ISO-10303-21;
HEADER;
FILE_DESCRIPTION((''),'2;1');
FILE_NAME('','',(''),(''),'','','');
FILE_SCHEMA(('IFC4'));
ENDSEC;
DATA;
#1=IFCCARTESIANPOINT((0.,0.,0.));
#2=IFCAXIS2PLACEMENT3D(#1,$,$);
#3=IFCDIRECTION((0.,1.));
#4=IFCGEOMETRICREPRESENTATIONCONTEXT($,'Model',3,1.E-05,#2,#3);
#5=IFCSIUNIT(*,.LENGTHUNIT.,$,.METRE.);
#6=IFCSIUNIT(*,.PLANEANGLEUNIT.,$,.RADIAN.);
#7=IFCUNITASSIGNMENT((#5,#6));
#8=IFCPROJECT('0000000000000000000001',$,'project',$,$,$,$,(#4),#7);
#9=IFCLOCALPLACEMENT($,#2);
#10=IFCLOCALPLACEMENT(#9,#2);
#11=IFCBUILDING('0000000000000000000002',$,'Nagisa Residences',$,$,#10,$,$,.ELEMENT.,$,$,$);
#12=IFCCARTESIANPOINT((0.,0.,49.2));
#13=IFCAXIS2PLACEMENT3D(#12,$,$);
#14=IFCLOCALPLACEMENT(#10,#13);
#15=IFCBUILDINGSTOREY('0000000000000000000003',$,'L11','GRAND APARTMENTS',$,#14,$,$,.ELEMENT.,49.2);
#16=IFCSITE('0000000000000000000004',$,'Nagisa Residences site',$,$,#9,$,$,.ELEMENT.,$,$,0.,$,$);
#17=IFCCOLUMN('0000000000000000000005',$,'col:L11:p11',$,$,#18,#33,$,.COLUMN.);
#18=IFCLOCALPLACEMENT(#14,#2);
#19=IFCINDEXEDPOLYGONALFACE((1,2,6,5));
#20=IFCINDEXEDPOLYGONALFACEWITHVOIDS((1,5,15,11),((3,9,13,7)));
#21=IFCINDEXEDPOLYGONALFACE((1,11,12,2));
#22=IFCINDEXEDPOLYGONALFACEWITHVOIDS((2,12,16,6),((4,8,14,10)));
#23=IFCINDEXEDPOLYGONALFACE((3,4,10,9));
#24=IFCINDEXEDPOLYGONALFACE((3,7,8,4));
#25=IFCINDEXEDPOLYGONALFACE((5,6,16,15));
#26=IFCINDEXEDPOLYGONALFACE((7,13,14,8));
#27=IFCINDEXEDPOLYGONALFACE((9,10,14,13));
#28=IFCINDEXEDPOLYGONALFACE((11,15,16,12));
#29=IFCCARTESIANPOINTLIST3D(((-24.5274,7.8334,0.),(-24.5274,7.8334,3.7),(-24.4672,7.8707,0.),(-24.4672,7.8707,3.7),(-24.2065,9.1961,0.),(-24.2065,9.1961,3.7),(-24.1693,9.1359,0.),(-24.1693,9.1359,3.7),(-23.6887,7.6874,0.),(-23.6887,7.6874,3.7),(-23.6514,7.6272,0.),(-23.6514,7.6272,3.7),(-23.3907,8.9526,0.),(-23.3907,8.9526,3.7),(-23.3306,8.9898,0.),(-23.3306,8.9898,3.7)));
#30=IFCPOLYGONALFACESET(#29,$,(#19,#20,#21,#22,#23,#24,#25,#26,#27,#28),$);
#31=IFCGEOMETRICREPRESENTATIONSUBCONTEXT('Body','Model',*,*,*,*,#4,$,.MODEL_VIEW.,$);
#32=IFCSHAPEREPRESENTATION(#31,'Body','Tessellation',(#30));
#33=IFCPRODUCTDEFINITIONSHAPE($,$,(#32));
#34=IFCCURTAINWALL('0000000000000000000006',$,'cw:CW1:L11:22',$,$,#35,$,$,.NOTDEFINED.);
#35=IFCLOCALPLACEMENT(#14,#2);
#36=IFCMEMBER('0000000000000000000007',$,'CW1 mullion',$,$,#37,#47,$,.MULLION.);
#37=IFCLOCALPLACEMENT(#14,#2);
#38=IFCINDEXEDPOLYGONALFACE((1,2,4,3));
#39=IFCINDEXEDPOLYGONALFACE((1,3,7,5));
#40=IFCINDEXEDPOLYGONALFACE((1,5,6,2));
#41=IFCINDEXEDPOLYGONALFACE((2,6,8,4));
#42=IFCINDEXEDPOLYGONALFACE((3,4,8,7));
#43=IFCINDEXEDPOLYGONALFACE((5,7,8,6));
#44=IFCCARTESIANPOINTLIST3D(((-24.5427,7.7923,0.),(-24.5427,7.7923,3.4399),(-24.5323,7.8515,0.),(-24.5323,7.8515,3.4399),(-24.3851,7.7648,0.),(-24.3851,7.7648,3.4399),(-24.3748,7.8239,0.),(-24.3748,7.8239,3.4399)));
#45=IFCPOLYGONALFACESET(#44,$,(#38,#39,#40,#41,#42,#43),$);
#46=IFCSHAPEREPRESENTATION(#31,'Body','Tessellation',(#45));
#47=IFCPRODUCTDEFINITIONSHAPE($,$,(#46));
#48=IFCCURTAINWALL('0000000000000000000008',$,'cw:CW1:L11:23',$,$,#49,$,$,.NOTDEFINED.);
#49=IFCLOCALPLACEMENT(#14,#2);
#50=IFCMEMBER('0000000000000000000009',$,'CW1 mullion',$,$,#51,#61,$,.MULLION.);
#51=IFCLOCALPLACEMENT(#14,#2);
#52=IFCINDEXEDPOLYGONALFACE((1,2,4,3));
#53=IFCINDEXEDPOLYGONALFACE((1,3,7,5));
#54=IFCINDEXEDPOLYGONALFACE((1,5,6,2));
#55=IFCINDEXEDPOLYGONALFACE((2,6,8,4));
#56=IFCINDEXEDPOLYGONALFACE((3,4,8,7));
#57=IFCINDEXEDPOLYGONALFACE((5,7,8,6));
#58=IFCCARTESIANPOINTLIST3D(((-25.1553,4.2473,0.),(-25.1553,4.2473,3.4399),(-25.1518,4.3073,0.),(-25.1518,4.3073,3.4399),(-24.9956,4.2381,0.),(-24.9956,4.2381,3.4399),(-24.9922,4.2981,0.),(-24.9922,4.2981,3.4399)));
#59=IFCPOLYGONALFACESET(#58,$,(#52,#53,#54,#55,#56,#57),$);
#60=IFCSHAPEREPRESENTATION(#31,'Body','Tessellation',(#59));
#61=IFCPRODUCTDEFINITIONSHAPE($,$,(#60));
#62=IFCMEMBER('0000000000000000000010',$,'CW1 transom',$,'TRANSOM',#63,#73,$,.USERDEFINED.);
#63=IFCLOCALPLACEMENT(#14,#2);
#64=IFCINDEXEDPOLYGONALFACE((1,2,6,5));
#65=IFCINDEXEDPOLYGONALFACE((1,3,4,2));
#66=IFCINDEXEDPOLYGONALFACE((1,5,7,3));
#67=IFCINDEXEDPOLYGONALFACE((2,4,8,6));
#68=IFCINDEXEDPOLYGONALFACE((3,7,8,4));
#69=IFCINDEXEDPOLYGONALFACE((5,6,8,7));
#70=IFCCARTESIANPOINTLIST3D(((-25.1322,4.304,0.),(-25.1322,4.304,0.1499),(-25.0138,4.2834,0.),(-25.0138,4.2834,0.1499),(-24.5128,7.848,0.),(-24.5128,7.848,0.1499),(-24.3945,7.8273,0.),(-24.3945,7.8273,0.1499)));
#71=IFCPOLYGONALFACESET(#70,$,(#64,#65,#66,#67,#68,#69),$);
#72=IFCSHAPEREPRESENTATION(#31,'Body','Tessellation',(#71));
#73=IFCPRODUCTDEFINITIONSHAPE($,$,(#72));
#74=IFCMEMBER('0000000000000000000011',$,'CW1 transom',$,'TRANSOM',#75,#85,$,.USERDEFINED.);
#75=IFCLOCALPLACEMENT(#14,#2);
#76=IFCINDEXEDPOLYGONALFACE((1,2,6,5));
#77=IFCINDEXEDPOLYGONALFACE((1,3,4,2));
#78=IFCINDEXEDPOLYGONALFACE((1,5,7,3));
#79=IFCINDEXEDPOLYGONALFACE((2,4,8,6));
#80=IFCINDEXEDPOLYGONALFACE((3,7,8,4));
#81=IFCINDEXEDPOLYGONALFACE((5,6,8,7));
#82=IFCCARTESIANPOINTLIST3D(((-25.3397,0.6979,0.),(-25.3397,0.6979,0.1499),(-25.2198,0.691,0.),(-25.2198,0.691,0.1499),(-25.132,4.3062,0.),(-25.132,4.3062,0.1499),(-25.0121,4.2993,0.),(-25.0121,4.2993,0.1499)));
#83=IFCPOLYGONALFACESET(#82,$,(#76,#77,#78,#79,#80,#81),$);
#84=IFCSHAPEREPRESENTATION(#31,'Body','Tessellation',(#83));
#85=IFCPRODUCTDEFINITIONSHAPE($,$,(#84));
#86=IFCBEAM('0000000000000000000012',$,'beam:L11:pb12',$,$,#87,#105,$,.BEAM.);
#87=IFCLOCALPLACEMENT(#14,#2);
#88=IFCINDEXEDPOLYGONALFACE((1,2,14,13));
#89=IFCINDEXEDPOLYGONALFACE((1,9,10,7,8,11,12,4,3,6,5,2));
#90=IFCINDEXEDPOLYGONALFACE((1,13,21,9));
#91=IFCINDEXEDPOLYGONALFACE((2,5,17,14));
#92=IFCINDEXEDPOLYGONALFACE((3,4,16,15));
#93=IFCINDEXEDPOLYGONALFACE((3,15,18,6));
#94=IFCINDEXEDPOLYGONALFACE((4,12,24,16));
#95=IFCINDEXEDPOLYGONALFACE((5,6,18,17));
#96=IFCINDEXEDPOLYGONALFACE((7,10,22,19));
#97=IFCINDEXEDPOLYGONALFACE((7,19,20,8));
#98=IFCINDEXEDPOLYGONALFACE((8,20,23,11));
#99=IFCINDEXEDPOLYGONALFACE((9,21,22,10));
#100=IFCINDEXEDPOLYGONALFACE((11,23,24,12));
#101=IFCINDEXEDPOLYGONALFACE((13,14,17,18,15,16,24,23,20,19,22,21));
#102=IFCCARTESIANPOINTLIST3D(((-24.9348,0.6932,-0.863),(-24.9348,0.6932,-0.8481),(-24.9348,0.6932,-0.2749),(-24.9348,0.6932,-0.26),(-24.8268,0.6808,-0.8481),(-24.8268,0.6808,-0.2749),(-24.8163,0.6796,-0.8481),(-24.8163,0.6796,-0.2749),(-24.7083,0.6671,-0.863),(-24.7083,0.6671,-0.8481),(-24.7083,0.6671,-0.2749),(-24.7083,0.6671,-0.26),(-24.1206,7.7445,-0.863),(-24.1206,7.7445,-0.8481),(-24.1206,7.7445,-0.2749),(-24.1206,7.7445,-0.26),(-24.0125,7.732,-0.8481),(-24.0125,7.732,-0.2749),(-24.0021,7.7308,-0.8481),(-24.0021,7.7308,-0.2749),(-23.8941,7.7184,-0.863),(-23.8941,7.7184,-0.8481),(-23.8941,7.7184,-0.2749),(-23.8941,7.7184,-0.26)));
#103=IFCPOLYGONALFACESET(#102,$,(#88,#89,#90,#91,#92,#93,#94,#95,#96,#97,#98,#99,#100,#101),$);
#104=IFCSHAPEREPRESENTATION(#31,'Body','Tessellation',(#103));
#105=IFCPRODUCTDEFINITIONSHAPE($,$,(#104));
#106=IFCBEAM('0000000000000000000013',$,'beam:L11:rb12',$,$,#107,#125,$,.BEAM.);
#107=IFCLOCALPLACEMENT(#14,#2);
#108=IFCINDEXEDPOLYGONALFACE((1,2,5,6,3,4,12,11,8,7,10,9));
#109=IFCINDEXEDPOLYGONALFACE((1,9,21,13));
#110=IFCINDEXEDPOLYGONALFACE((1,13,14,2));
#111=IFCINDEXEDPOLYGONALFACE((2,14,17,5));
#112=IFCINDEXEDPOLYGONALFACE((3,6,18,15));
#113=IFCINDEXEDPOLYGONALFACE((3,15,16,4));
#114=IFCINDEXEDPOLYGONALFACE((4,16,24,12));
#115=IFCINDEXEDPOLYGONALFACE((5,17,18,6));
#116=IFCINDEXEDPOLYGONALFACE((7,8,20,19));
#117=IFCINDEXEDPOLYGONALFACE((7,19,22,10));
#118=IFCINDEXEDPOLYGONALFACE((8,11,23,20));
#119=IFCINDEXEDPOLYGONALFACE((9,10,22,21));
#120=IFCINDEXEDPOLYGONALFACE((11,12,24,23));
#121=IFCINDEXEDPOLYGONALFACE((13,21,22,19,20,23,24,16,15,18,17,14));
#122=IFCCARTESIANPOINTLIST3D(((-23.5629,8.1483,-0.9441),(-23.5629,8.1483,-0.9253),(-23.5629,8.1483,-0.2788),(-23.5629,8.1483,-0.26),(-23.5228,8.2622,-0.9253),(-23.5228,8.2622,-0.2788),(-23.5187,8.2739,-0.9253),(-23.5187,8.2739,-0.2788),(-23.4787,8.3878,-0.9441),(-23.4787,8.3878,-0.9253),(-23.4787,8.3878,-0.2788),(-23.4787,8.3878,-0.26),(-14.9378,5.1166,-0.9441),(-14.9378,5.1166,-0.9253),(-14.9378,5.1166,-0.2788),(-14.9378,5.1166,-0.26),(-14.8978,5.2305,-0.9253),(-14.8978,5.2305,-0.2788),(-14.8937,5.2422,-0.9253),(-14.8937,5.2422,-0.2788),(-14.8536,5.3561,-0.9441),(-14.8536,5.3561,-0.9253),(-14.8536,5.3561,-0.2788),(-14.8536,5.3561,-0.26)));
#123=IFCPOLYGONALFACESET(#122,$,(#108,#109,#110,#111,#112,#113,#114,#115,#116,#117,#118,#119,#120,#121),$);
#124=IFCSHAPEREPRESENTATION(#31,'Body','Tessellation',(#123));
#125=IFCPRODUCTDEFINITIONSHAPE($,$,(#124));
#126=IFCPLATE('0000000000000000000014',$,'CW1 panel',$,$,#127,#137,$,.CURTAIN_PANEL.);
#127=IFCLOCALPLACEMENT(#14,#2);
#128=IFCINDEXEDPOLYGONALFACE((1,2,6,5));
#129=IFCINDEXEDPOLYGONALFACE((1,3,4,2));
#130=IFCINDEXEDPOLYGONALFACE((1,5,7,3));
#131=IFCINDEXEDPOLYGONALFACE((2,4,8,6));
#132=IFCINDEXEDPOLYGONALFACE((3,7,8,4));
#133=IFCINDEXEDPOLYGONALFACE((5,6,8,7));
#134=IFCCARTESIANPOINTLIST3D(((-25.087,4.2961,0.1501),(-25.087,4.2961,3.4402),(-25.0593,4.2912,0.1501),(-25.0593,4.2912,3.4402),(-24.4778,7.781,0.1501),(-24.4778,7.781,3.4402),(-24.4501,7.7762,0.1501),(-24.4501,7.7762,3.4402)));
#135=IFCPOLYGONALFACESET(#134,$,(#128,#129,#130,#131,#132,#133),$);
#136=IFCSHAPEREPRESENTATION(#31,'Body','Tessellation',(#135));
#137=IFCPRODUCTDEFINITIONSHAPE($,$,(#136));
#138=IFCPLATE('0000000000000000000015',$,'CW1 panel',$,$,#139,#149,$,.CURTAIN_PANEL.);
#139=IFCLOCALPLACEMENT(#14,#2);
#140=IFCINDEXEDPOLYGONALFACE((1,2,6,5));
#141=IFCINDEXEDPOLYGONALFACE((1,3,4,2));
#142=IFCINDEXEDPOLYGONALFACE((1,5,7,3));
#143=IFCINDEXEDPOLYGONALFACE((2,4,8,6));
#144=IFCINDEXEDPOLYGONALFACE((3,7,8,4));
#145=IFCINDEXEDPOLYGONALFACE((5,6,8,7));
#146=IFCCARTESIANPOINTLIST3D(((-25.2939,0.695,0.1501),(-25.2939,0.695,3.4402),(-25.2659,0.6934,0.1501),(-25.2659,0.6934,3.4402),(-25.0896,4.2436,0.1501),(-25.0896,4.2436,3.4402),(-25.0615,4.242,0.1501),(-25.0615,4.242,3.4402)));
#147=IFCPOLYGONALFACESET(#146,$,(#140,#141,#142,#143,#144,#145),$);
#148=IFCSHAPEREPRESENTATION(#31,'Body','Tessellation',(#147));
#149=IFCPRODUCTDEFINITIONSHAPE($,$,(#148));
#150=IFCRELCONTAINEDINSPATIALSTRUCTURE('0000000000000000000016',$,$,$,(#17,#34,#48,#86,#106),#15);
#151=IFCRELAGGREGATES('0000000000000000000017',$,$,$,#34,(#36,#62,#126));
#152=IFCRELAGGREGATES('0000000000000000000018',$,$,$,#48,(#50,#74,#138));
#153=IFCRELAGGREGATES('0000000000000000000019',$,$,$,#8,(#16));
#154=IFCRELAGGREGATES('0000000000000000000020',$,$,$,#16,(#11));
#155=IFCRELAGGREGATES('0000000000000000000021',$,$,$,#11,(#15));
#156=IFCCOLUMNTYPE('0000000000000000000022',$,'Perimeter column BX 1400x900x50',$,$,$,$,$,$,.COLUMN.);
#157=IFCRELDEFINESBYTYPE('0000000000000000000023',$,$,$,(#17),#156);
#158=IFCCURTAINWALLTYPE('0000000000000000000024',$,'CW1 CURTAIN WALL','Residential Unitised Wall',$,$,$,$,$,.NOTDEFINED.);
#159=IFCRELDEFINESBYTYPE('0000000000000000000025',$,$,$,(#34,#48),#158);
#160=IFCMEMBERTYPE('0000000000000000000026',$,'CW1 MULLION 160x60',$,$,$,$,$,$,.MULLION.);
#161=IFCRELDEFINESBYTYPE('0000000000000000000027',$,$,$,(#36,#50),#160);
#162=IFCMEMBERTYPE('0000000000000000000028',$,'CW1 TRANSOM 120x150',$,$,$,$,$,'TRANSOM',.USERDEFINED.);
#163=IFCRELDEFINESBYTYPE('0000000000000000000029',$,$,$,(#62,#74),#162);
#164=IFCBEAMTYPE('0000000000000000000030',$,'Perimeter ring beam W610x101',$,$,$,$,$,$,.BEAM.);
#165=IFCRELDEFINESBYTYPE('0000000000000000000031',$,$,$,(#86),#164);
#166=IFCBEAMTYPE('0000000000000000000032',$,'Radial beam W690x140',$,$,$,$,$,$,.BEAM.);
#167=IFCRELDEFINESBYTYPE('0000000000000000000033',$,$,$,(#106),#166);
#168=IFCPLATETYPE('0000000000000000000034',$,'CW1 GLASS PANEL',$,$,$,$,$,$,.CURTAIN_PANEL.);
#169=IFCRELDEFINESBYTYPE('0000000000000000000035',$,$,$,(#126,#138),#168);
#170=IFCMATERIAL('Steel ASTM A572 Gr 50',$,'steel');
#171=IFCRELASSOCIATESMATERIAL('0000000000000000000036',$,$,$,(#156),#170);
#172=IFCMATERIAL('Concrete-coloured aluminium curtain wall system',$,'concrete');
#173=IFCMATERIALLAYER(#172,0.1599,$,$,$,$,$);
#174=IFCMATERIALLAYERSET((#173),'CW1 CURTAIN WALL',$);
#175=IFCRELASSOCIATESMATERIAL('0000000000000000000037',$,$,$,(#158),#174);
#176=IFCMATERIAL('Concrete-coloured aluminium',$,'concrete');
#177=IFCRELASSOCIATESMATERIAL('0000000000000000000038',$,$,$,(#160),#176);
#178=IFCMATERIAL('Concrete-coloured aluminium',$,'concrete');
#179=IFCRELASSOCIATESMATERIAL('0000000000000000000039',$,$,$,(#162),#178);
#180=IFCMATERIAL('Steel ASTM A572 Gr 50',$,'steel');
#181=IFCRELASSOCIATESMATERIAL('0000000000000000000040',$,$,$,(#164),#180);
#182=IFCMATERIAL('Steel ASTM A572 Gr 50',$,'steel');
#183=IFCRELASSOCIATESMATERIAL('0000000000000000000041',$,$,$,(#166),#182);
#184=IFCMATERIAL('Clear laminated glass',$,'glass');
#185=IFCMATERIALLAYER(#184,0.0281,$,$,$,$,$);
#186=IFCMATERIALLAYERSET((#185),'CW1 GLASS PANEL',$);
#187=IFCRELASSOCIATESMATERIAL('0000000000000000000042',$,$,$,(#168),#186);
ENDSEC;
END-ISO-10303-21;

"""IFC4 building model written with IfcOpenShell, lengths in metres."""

from ifc_helpers import new_model, si_unit, direction, frame, origin, origin_2d, place, context, subcontext, project, spatial, rectangle, hollow_rectangle, i_section, extrude, material, layer, layer_set, material_profile, profile_set, type_object, element, aggregate, save


model = new_model("IFC4")

# Units and contexts
model_context = context("Model", 3, precision=1e-05, world=origin(), true_north=direction((0.0, 1.0)))
body_context = subcontext(model_context, "Body", "Model", "MODEL_VIEW")
ifc_project = project(units=[si_unit("LENGTHUNIT", "METRE"), si_unit("PLANEANGLEUNIT", "RADIAN")], contexts=[model_context])

# Site, building, storey
site_placement = place(None, origin())
site = spatial("IfcSite", under=ifc_project, at=site_placement, Name="Nagisa Residences site", CompositionType="ELEMENT", RefElevation=0.0)
building_placement = place(site_placement, origin())
building = spatial("IfcBuilding", under=site, at=building_placement, Name="Nagisa Residences", CompositionType="ELEMENT")
storey_placement = place(building_placement, frame((0.0, 0.0, 49.2)))
storey = spatial("IfcBuildingStorey", under=building, at=storey_placement, Name="L11", Description="GRAND APARTMENTS", CompositionType="ELEMENT", Elevation=49.2)

# Column
ifc_material_1 = material(Name="Steel ASTM A572 Gr 50", Category="steel")
ifc_material_profile_1 = material_profile(ifc_material_1, hollow_rectangle(XDim=1.3999, YDim=0.8999, WallThickness=0.05, at=origin_2d()), Name="BX 1400x900x50")
ifc_profile_set_1 = profile_set([ifc_material_profile_1], Name="Steel ASTM A572 Gr 50")
column_type = type_object("IfcColumnType", Name="Perimeter column BX 1400x900x50", PredefinedType="COLUMN", material=ifc_profile_set_1)
column_placement = place(storey_placement, frame((-23.929, 8.4116, 0.0), z_axis=(0.0, 0.0, 1.0), x_axis=(-0.229202, -0.973379, 0.0)))
element("IfcColumn", 1, at=column_placement, inside=storey, type_object=column_type, Name="col:L11:p11", PredefinedType="COLUMN", context=body_context, shape_type="SweptSolid", body=[
    extrude(hollow_rectangle(XDim=1.3999, YDim=0.8999, WallThickness=0.05, at=origin_2d()), origin(), (0.0, 0.0, 1.0), 3.7),
])

# Curtain walls, members
ifc_material_2 = material(Name="Concrete-coloured aluminium curtain wall system", Category="concrete")
ifc_layer_1 = layer(ifc_material_2, 0.1599)
ifc_layer_set_1 = layer_set([ifc_layer_1], Name="CW1 CURTAIN WALL")
curtain_wall_type = type_object("IfcCurtainWallType", Name="CW1 CURTAIN WALL", Description="Residential Unitised Wall", PredefinedType="NOTDEFINED", material=ifc_layer_set_1)
curtain_wall_1_placement = place(storey_placement, origin())
curtain_wall_1 = element("IfcCurtainWall", 2, at=curtain_wall_1_placement, inside=storey, type_object=curtain_wall_type, Name="cw:CW1:L11:22", PredefinedType="NOTDEFINED")
ifc_material_3 = material(Name="Concrete-coloured aluminium", Category="concrete")
ifc_material_profile_2 = material_profile(ifc_material_3, rectangle(XDim=0.1599, YDim=0.0601, at=origin_2d()), Name="CW1 MULLION 160x60")
ifc_profile_set_2 = profile_set([ifc_material_profile_2], Name="Concrete-coloured aluminium")
member_type_1 = type_object("IfcMemberType", Name="CW1 MULLION 160x60", PredefinedType="MULLION", material=ifc_profile_set_2)
member_1_placement = place(storey_placement, frame((-24.4587, 7.8081, 0.0), z_axis=(0.0, 0.0, 1.0), x_axis=(0.985064, -0.172191, 0.0)))
member_1 = element("IfcMember", 3, at=member_1_placement, type_object=member_type_1, Name="CW1 mullion", PredefinedType="MULLION", context=body_context, shape_type="SweptSolid", body=[
    extrude(rectangle(XDim=0.1599, YDim=0.0601, at=origin_2d()), origin(), (0.0, 0.0, 1.0), 3.4399),
])
curtain_wall_2_placement = place(storey_placement, origin())
curtain_wall_2 = element("IfcCurtainWall", 4, at=curtain_wall_2_placement, inside=storey, type_object=curtain_wall_type, Name="cw:CW1:L11:23", PredefinedType="NOTDEFINED")
member_2_placement = place(storey_placement, frame((-25.0737, 4.2727, 0.0), z_axis=(0.0, 0.0, 1.0), x_axis=(0.998345, -0.057503, 0.0)))
member_2 = element("IfcMember", 5, at=member_2_placement, type_object=member_type_1, Name="CW1 mullion", PredefinedType="MULLION", context=body_context, shape_type="SweptSolid", body=[
    extrude(rectangle(XDim=0.1599, YDim=0.0601, at=origin_2d()), origin(), (0.0, 0.0, 1.0), 3.4399),
])

# Members
ifc_material_4 = material(Name="Concrete-coloured aluminium", Category="concrete")
ifc_material_profile_3 = material_profile(ifc_material_4, rectangle(XDim=0.1201, YDim=0.1499, at=origin_2d()), Name="CW1 TRANSOM 120x150")
ifc_profile_set_3 = profile_set([ifc_material_profile_3], Name="Concrete-coloured aluminium")
member_type_2 = type_object("IfcMemberType", Name="CW1 TRANSOM 120x150", ElementType="TRANSOM", PredefinedType="USERDEFINED", material=ifc_profile_set_3)
member_3_placement = place(storey_placement, frame((-24.4536, 7.8376, 0.075), z_axis=(-0.172163, -0.985068, 0.0), x_axis=(0.985068, -0.172163, 0.0)))
member_3 = element("IfcMember", 6, at=member_3_placement, type_object=member_type_2, Name="CW1 transom", ObjectType="TRANSOM", PredefinedType="USERDEFINED", context=body_context, shape_type="SweptSolid", body=[
    extrude(rectangle(XDim=0.1201, YDim=0.1499, at=origin_2d()), origin(), (0.0, 0.0, 1.0), 3.5977),
])
member_4_placement = place(storey_placement, frame((-25.072, 4.3027, 0.075), z_axis=(-0.057483, -0.998347, 0.0), x_axis=(0.998347, -0.057483, 0.0)))
member_4 = element("IfcMember", 7, at=member_4_placement, type_object=member_type_2, Name="CW1 transom", ObjectType="TRANSOM", PredefinedType="USERDEFINED", context=body_context, shape_type="SweptSolid", body=[
    extrude(rectangle(XDim=0.1201, YDim=0.1499, at=origin_2d()), origin(), (0.0, 0.0, 1.0), 3.6143),
])

# Beams
ifc_material_5 = material(Name="Steel ASTM A572 Gr 50", Category="steel")
ifc_material_profile_4 = material_profile(ifc_material_5, i_section(OverallWidth=0.228, OverallDepth=0.603, WebThickness=0.0105, FlangeThickness=0.0149, at=origin_2d()), Name="W610x101")
ifc_profile_set_4 = profile_set([ifc_material_profile_4], Name="Steel ASTM A572 Gr 50")
beam_type_1 = type_object("IfcBeamType", Name="Perimeter ring beam W610x101", PredefinedType="BEAM", material=ifc_profile_set_4)
beam_1_placement = place(storey_placement, frame((-24.0073, 7.7314, -0.5615), z_axis=(-0.114708, -0.993399, 0.0), x_axis=(0.993399, -0.114708, 0.0)))
element("IfcBeam", 8, at=beam_1_placement, inside=storey, type_object=beam_type_1, Name="beam:L11:pb12", PredefinedType="BEAM", context=body_context, shape_type="SweptSolid", body=[
    extrude(i_section(OverallWidth=0.228, OverallDepth=0.603, WebThickness=0.0105, FlangeThickness=0.0149, at=origin_2d()), origin(), (0.0, 0.0, 1.0), 7.0981),
])
ifc_material_6 = material(Name="Steel ASTM A572 Gr 50", Category="steel")
ifc_material_profile_5 = material_profile(ifc_material_6, i_section(OverallWidth=0.2539, OverallDepth=0.6841, WebThickness=0.0125, FlangeThickness=0.0188, at=origin_2d()), Name="W690x140")
ifc_profile_set_5 = profile_set([ifc_material_profile_5], Name="Steel ASTM A572 Gr 50")
beam_type_2 = type_object("IfcBeamType", Name="Radial beam W690x140", PredefinedType="BEAM", material=ifc_profile_set_5)
beam_2_placement = place(storey_placement, frame((-23.5208, 8.2681, -0.6021), z_axis=(0.943415, -0.331616, 0.0), x_axis=(0.331616, 0.943415, 0.0)))
element("IfcBeam", 9, at=beam_2_placement, inside=storey, type_object=beam_type_2, Name="beam:L11:rb12", PredefinedType="BEAM", context=body_context, shape_type="SweptSolid", body=[
    extrude(i_section(OverallWidth=0.2539, OverallDepth=0.6841, WebThickness=0.0125, FlangeThickness=0.0188, at=origin_2d()), origin(), (0.0, 0.0, 1.0), 9.1423),
])

# Plates
ifc_material_7 = material(Name="Clear laminated glass", Category="glass")
ifc_layer_2 = layer(ifc_material_7, 0.0281)
ifc_layer_set_2 = layer_set([ifc_layer_2], Name="CW1 GLASS PANEL")
plate_type = type_object("IfcPlateType", Name="CW1 GLASS PANEL", PredefinedType="CURTAIN_PANEL", material=ifc_layer_set_2)
plate_1_placement = place(storey_placement, frame((-24.7686, 6.0361, 0.1501), z_axis=(0.0, 0.0, 1.0), x_axis=(-0.172191, -0.985064, 0.0)))
plate_1 = element("IfcPlate", 10, at=plate_1_placement, type_object=plate_type, Name="CW1 panel", PredefinedType="CURTAIN_PANEL", context=body_context, shape_type="SweptSolid", body=[
    extrude(rectangle(XDim=3.5378, YDim=0.0281, at=origin_2d()), origin(), (0.0, 0.0, 1.0), 3.29),
])
aggregate(curtain_wall_1, [member_1, member_3, plate_1])
plate_2_placement = place(storey_placement, frame((-25.1777, 2.4685, 0.1501), z_axis=(0.0, 0.0, 1.0), x_axis=(-0.057503, -0.998345, 0.0)))
plate_2 = element("IfcPlate", 11, at=plate_2_placement, type_object=plate_type, Name="CW1 panel", PredefinedType="CURTAIN_PANEL", context=body_context, shape_type="SweptSolid", body=[
    extrude(rectangle(XDim=3.5544, YDim=0.0281, at=origin_2d()), origin(), (0.0, 0.0, 1.0), 3.29),
])
aggregate(curtain_wall_2, [member_2, member_4, plate_2])

save(model, "model.ifc")
